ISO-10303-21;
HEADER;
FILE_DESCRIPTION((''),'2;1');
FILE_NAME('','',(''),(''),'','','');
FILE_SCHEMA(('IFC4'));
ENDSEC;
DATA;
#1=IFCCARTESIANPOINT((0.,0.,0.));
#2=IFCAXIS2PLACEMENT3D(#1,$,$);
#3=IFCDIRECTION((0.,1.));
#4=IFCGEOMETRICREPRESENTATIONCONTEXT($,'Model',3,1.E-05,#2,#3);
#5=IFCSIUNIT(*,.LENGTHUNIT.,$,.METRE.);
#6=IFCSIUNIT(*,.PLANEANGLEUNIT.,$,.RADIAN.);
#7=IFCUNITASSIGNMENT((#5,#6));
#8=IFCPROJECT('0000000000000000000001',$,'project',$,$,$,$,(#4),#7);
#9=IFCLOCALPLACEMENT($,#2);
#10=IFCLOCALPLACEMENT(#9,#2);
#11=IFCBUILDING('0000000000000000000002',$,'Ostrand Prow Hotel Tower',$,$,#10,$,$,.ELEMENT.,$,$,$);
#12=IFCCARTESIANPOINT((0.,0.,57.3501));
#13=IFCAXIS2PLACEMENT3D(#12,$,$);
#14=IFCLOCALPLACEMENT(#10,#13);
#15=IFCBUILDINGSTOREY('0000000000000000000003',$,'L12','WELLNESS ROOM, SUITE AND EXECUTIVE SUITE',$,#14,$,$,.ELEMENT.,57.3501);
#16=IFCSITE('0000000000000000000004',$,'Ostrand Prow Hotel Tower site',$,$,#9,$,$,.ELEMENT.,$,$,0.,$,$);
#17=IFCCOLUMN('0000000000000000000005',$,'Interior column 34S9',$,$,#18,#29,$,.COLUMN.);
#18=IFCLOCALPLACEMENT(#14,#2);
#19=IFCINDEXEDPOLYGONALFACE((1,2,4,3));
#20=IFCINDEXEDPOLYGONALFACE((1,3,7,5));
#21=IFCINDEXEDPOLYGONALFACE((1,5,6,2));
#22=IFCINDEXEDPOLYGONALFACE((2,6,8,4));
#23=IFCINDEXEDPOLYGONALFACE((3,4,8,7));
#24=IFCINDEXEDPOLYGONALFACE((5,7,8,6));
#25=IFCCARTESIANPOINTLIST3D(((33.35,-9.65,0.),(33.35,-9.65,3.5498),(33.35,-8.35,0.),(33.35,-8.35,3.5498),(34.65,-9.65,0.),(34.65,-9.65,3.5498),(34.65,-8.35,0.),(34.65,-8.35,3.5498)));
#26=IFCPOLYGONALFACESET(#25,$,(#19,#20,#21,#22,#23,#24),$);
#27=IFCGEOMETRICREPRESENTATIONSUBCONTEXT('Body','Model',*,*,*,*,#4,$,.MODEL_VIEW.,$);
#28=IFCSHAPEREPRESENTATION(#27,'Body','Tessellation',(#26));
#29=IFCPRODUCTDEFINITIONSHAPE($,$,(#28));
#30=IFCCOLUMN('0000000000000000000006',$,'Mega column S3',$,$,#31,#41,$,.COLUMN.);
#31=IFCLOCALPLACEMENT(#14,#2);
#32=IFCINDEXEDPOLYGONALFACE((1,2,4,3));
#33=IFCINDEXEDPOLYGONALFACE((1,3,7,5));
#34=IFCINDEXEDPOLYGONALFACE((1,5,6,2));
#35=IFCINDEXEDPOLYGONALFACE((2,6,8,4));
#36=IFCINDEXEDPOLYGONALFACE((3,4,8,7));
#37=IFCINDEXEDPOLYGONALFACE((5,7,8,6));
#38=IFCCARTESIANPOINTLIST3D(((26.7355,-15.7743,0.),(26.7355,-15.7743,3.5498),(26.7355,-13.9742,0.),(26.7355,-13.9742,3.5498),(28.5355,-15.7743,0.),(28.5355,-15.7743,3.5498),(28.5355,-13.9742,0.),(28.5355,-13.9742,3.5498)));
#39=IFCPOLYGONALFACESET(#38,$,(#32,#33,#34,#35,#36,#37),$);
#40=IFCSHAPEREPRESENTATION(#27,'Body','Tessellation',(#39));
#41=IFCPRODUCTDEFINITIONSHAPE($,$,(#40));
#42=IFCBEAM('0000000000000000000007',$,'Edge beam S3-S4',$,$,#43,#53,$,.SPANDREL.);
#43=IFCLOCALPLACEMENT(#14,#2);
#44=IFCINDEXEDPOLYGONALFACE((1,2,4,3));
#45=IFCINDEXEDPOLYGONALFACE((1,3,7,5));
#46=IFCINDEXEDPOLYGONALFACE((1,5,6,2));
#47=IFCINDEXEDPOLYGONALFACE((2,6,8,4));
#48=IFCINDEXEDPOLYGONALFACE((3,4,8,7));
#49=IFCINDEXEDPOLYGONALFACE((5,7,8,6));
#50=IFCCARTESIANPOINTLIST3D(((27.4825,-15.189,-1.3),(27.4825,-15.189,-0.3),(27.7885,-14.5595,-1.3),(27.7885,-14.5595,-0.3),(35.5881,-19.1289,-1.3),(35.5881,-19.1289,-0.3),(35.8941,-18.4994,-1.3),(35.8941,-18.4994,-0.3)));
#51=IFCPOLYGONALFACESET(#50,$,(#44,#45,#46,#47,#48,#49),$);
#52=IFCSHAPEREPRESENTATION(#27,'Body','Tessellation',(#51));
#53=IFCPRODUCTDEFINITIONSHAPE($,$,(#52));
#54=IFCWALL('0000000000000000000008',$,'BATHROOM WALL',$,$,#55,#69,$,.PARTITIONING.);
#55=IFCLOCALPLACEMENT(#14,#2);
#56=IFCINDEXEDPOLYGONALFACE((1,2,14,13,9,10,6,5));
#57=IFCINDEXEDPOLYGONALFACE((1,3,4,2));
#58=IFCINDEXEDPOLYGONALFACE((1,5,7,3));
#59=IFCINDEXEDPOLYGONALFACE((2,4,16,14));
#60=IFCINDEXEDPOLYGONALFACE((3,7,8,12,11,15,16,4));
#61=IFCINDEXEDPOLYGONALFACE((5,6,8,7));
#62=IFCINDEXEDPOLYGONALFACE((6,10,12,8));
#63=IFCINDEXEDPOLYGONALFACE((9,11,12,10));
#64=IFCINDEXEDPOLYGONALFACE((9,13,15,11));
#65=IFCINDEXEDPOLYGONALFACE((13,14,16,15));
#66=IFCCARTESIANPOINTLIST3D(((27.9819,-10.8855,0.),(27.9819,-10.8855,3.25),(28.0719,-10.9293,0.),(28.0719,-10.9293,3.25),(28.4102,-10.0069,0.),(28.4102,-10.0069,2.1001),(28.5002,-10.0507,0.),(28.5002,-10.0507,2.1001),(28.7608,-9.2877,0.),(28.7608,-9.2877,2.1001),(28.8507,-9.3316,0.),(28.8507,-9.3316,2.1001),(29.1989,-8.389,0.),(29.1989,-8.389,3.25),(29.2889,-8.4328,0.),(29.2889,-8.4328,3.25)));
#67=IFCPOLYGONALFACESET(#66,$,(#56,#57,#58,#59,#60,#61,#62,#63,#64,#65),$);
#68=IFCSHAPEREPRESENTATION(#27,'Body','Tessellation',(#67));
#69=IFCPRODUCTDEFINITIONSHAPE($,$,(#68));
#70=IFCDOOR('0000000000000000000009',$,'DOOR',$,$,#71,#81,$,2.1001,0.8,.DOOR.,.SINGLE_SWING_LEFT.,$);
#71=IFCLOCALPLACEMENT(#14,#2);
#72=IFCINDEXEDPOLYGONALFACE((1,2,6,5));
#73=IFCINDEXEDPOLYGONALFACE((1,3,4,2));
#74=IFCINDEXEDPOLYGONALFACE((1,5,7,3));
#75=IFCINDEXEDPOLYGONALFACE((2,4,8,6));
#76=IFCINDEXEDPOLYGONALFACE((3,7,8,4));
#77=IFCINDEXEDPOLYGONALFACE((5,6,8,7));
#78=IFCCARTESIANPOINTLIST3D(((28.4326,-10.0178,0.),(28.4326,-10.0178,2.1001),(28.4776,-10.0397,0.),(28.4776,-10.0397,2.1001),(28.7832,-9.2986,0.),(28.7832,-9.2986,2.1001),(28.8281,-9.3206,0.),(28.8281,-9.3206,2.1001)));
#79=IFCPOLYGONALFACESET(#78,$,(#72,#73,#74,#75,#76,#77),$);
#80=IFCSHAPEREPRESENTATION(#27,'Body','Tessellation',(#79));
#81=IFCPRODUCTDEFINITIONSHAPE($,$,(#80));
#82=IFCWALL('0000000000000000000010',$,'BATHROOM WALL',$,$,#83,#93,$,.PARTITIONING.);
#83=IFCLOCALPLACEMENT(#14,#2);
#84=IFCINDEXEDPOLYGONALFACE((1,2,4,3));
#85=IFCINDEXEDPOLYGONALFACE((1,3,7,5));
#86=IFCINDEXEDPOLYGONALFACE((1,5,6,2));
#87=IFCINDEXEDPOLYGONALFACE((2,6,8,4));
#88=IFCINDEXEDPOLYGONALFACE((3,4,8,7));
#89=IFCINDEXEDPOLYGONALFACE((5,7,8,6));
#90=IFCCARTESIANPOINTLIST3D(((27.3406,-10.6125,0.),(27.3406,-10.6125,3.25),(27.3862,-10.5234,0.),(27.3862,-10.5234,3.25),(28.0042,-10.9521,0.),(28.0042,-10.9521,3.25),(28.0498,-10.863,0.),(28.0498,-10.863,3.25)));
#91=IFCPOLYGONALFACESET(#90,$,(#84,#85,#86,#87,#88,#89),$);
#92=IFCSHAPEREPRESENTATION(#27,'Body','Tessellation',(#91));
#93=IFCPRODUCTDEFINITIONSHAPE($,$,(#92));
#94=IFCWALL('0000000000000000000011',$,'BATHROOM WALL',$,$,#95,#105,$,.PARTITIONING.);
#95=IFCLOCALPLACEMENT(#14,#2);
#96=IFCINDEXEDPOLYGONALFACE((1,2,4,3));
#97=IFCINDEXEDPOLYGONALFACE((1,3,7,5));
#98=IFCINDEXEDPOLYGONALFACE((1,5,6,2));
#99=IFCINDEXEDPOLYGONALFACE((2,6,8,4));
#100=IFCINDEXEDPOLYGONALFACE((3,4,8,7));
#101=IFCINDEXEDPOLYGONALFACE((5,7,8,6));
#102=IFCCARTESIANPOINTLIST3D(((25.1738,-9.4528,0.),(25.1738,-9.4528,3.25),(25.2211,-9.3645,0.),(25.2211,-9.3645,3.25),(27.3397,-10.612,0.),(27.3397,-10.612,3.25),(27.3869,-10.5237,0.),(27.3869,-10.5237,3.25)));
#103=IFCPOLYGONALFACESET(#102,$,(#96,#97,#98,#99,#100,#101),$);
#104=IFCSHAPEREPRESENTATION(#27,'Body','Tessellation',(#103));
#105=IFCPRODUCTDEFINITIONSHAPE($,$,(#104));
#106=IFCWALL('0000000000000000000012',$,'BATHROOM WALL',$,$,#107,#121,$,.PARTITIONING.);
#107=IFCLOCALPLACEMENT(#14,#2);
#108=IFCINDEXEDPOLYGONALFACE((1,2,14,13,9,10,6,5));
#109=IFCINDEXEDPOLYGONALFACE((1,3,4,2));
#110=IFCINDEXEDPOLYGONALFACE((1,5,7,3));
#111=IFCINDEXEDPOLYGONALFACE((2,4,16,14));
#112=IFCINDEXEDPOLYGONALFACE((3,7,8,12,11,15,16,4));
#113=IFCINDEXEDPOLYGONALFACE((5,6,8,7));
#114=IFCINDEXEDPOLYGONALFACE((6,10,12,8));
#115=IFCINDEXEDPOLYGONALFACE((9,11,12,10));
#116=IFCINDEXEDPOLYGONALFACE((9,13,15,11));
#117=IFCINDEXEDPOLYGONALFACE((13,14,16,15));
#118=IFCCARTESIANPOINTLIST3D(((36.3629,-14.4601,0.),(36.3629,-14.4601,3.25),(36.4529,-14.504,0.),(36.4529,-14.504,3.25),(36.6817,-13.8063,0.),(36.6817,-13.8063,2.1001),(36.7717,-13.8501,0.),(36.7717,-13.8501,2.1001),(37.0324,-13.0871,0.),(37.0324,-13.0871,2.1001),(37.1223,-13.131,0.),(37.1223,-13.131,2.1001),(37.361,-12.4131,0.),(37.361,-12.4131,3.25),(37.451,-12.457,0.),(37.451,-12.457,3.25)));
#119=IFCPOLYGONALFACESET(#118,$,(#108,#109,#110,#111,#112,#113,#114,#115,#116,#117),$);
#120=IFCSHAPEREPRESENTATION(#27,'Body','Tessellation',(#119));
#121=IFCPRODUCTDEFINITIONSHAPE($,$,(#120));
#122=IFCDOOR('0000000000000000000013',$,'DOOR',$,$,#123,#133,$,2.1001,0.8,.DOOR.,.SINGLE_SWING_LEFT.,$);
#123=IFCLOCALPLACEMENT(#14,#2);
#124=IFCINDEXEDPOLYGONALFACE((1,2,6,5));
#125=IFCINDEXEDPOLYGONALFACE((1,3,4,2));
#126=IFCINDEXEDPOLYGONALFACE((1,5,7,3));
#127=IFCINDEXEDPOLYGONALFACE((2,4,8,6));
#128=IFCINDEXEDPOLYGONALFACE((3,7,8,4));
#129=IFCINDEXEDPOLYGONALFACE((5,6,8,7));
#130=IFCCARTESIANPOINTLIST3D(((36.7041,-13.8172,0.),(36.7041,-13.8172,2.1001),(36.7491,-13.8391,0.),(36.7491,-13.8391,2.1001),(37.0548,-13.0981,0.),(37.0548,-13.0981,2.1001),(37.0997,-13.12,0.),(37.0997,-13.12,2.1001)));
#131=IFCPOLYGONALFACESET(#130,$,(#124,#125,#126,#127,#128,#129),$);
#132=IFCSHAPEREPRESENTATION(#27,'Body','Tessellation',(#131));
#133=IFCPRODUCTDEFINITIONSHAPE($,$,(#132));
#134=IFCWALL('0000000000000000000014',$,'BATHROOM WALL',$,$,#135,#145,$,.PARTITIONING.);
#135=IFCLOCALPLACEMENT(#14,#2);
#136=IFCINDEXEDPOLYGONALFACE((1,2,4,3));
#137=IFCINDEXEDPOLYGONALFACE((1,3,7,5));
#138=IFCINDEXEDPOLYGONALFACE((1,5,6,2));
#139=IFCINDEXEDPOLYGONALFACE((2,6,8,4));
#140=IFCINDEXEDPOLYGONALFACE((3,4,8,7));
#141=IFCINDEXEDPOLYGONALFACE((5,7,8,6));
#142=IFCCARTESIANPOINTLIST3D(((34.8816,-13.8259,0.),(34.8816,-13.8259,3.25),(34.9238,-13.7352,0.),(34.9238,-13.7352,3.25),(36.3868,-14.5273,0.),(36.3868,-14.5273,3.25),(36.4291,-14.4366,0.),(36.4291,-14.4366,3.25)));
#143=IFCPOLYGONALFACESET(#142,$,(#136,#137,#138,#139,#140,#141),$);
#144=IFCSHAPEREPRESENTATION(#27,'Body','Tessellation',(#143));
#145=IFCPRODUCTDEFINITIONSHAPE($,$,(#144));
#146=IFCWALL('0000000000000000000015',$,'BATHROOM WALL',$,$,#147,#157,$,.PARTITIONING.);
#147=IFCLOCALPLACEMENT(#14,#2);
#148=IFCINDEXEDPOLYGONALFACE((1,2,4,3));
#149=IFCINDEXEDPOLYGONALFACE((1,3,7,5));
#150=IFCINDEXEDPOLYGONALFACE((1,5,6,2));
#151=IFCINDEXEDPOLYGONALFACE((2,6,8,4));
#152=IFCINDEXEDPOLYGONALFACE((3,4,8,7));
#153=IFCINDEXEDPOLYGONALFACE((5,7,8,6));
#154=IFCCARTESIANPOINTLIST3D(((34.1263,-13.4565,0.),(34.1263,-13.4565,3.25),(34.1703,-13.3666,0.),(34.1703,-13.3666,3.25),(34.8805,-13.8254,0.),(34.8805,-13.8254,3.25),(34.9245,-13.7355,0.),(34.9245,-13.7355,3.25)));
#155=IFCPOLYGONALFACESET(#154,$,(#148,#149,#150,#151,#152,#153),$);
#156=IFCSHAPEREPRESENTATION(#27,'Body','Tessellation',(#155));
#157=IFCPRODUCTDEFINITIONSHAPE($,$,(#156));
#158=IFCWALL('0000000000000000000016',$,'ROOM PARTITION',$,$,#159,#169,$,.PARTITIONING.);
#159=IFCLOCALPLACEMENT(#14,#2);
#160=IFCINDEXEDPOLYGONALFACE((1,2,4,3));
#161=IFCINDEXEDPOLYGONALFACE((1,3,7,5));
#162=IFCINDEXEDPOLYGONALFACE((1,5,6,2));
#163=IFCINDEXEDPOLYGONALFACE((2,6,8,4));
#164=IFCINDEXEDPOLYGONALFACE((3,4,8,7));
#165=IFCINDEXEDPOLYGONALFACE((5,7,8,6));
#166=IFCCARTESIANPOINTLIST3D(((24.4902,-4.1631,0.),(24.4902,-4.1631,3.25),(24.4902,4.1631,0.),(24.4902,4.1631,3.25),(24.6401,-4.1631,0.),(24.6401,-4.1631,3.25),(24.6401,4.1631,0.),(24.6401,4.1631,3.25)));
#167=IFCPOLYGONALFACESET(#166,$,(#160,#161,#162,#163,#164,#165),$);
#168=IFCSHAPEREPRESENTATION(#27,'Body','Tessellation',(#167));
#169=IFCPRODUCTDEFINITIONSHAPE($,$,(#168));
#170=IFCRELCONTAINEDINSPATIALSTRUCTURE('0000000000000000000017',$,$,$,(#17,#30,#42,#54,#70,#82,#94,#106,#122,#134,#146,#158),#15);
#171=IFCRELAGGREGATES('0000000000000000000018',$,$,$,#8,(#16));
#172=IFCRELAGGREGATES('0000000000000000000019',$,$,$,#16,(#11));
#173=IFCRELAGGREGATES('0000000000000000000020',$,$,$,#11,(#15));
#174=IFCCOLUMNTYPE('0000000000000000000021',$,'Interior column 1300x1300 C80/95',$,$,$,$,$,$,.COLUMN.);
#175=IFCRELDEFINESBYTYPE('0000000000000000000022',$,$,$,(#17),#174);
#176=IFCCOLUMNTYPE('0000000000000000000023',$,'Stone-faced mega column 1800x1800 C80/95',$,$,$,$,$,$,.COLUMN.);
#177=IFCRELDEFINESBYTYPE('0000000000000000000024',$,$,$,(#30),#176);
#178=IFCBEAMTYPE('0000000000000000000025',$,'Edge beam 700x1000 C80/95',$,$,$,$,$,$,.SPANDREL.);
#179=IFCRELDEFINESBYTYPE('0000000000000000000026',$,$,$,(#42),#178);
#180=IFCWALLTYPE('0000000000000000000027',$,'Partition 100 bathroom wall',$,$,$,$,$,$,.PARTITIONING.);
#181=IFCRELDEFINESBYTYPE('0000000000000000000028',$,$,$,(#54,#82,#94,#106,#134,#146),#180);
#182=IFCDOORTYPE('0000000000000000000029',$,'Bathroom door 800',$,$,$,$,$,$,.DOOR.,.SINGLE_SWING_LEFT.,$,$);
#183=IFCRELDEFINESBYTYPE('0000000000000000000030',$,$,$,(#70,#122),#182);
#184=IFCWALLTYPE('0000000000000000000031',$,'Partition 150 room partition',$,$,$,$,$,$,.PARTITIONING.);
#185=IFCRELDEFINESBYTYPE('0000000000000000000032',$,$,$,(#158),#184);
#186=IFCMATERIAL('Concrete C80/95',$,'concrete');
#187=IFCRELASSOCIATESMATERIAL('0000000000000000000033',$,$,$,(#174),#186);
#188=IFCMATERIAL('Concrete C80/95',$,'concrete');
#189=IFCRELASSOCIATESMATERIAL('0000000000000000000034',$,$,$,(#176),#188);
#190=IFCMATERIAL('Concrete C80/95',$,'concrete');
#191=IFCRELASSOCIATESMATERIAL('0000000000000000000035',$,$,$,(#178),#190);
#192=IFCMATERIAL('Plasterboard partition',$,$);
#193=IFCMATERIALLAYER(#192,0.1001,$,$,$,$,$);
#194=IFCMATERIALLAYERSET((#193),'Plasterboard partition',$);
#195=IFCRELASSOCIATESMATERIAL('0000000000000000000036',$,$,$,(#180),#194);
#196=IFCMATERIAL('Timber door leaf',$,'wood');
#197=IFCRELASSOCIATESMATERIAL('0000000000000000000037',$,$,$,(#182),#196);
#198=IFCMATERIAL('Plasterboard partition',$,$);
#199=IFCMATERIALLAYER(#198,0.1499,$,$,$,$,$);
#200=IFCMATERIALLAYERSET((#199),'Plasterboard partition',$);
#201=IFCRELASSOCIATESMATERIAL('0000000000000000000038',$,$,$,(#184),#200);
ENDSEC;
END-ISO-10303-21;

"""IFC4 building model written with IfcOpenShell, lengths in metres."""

from ifc_helpers import new_model, si_unit, direction, frame, frame_2d, origin, origin_2d, place, context, subcontext, project, spatial, rectangle, extrude, material, layer, layer_set, material_profile, profile_set, type_object, element, fill, save


model = new_model("IFC4")

# Units and contexts
model_context = context("Model", 3, precision=1e-05, world=origin(), true_north=direction((0.0, 1.0)))
body_context = subcontext(model_context, "Body", "Model", "MODEL_VIEW")
ifc_project = project(units=[si_unit("LENGTHUNIT", "METRE"), si_unit("PLANEANGLEUNIT", "RADIAN")], contexts=[model_context])

# Site, building, storey
site_placement = place(None, origin())
site = spatial("IfcSite", under=ifc_project, at=site_placement, Name="Ostrand Prow Hotel Tower site", CompositionType="ELEMENT", RefElevation=0.0)
building_placement = place(site_placement, origin())
building = spatial("IfcBuilding", under=site, at=building_placement, Name="Ostrand Prow Hotel Tower", CompositionType="ELEMENT")
storey_placement = place(building_placement, frame((0.0, 0.0, 57.3501)))
storey = spatial("IfcBuildingStorey", under=building, at=storey_placement, Name="L12", Description="WELLNESS ROOM, SUITE AND EXECUTIVE SUITE", CompositionType="ELEMENT", Elevation=57.3501)

# Columns
ifc_material_1 = material(Name="Concrete C80/95", Category="concrete")
ifc_material_profile_1 = material_profile(ifc_material_1, rectangle(XDim=1.3, YDim=1.3, at=origin_2d()), Name="RC 1300x1300")
ifc_profile_set_1 = profile_set([ifc_material_profile_1], Name="Concrete C80/95")
column_type_1 = type_object("IfcColumnType", Name="Interior column 1300x1300 C80/95", PredefinedType="COLUMN", material=ifc_profile_set_1)
column_1_placement = place(storey_placement, frame((34.0, -9.0, 0.0), z_axis=(0.0, 0.0, 1.0), x_axis=(1.0, 0.0, 0.0)))
element("IfcColumn", 1, at=column_1_placement, inside=storey, type_object=column_type_1, Name="Interior column 34S9", PredefinedType="COLUMN", context=body_context, shape_type="SweptSolid", body=[
    extrude(rectangle(XDim=1.3, YDim=1.3, at=origin_2d()), origin(), (0.0, 0.0, 1.0), 3.5498),
])
ifc_material_2 = material(Name="Concrete C80/95", Category="concrete")
ifc_material_profile_2 = material_profile(ifc_material_2, rectangle(XDim=1.8, YDim=1.8, at=origin_2d()), Name="RC 1800x1800")
ifc_profile_set_2 = profile_set([ifc_material_profile_2], Name="Concrete C80/95")
column_type_2 = type_object("IfcColumnType", Name="Stone-faced mega column 1800x1800 C80/95", PredefinedType="COLUMN", material=ifc_profile_set_2)
column_2_placement = place(storey_placement, frame((27.6355, -14.8743, 0.0), z_axis=(0.0, 0.0, 1.0), x_axis=(1.0, 0.0, 0.0)))
element("IfcColumn", 2, at=column_2_placement, inside=storey, type_object=column_type_2, Name="Mega column S3", PredefinedType="COLUMN", context=body_context, shape_type="SweptSolid", body=[
    extrude(rectangle(XDim=1.8, YDim=1.8, at=origin_2d()), origin(), (0.0, 0.0, 1.0), 3.5498),
])

# Beam
ifc_material_3 = material(Name="Concrete C80/95", Category="concrete")
ifc_material_profile_3 = material_profile(ifc_material_3, rectangle(XDim=0.7, YDim=1.0, at=origin_2d()), Name="RC 700x1000")
ifc_profile_set_3 = profile_set([ifc_material_profile_3], Name="Concrete C80/95")
beam_type = type_object("IfcBeamType", Name="Edge beam 700x1000 C80/95", PredefinedType="SPANDREL", material=ifc_profile_set_3)
beam_placement = place(storey_placement, frame((27.6355, -14.8743, -0.8), z_axis=(0.899382, -0.437163, 0.0), x_axis=(0.437163, 0.899382, 0.0)))
element("IfcBeam", 3, at=beam_placement, inside=storey, type_object=beam_type, Name="Edge beam S3-S4", PredefinedType="SPANDREL", context=body_context, shape_type="SweptSolid", body=[
    extrude(rectangle(XDim=0.7, YDim=1.0, at=origin_2d()), origin(), (0.0, 0.0, 1.0), 9.0125),
])

# Wall, opening, door
ifc_material_4 = material(Name="Plasterboard partition")
ifc_layer_1 = layer(ifc_material_4, 0.1001)
ifc_layer_set_1 = layer_set([ifc_layer_1], Name="Plasterboard partition")
wall_type_1 = type_object("IfcWallType", Name="Partition 100 bathroom wall", PredefinedType="PARTITIONING", material=ifc_layer_set_1)
wall_1_placement = place(storey_placement, frame((29.2439, -8.4109, 0.0), z_axis=(0.0, 0.0, 1.0), x_axis=(-0.43819, -0.898882, 0.0)))
wall_1 = element("IfcWall", 4, at=wall_1_placement, inside=storey, type_object=wall_type_1, Name="BATHROOM WALL", PredefinedType="PARTITIONING", context=body_context, shape_type="SweptSolid", body=[
    extrude(rectangle(XDim=2.7773, YDim=0.1001, at=frame_2d((1.3887, 0.0))), origin(), (0.0, 0.0, 1.0), 3.25),
])
opening_1_placement = place(wall_1_placement, frame((1.0, 0.0, 0.0)))
opening_1 = element("IfcOpeningElement", 5, at=opening_1_placement, cuts=wall_1, PredefinedType="OPENING", context=body_context, shape_type="SweptSolid", body=[
    extrude(rectangle(XDim=0.8, YDim=2.1001, at=frame_2d((0.3999, 1.05))), frame((0.0, 0.0601, 0.0), z_axis=(0.0, -1.0, 0.0), x_axis=(1.0, 0.0, 0.0)), (0.0, 0.0, 1.0), 0.1201),
])
ifc_material_5 = material(Name="Timber door leaf", Category="wood")
door_type_1 = type_object("IfcDoorType", Name="Bathroom door 800", OperationType="SINGLE_SWING_LEFT", PredefinedType="DOOR", material=ifc_material_5)
door_1_placement = place(opening_1_placement, origin())
door_1 = element("IfcDoor", 6, at=door_1_placement, inside=storey, type_object=door_type_1, Name="DOOR", OperationType="SINGLE_SWING_LEFT", OverallHeight=2.1001, OverallWidth=0.8, PredefinedType="DOOR", context=body_context, shape_type="SweptSolid", body=[
    extrude(rectangle(XDim=0.8, YDim=2.1001, at=frame_2d((0.3999, 1.05))), frame((0.0, 0.0249, 0.0), z_axis=(0.0, -1.0, 0.0), x_axis=(1.0, 0.0, 0.0)), (0.0, 0.0, 1.0), 0.05),
])
fill(opening_1, door_1)

# Walls
wall_2_placement = place(storey_placement, frame((28.0269, -10.9075, 0.0), z_axis=(0.0, 0.0, 1.0), x_axis=(-0.890196, 0.455578, 0.0)))
element("IfcWall", 7, at=wall_2_placement, inside=storey, type_object=wall_type_1, Name="BATHROOM WALL", PredefinedType="PARTITIONING", context=body_context, shape_type="SweptSolid", body=[
    extrude(rectangle(XDim=0.7454, YDim=0.1001, at=frame_2d((0.3726, 0.0))), origin(), (0.0, 0.0, 1.0), 3.25),
])
wall_3_placement = place(storey_placement, frame((27.3633, -10.5679, 0.0), z_axis=(0.0, 0.0, 1.0), x_axis=(-0.881659, 0.471888, 0.0)))
element("IfcWall", 8, at=wall_3_placement, inside=storey, type_object=wall_type_1, Name="BATHROOM WALL", PredefinedType="PARTITIONING", context=body_context, shape_type="SweptSolid", body=[
    extrude(rectangle(XDim=2.4565, YDim=0.1001, at=frame_2d((1.2283, 0.0))), origin(), (0.0, 0.0, 1.0), 3.25),
])

# Wall, opening, door
wall_4_placement = place(storey_placement, frame((37.406, -12.4351, 0.0), z_axis=(0.0, 0.0, 1.0), x_axis=(-0.438272, -0.898843, 0.0)))
wall_4 = element("IfcWall", 9, at=wall_4_placement, inside=storey, type_object=wall_type_1, Name="BATHROOM WALL", PredefinedType="PARTITIONING", context=body_context, shape_type="SweptSolid", body=[
    extrude(rectangle(XDim=2.2773, YDim=0.1001, at=frame_2d((1.1387, 0.0))), origin(), (0.0, 0.0, 1.0), 3.25),
])
opening_2_placement = place(wall_4_placement, frame((0.75, 0.0, 0.0)))
opening_2 = element("IfcOpeningElement", 10, at=opening_2_placement, cuts=wall_4, PredefinedType="OPENING", context=body_context, shape_type="SweptSolid", body=[
    extrude(rectangle(XDim=0.8, YDim=2.1001, at=frame_2d((0.3999, 1.05))), frame((0.0, 0.0601, 0.0), z_axis=(0.0, -1.0, 0.0), x_axis=(1.0, 0.0, 0.0)), (0.0, 0.0, 1.0), 0.1201),
])
door_2_placement = place(opening_2_placement, origin())
door_2 = element("IfcDoor", 11, at=door_2_placement, inside=storey, type_object=door_type_1, Name="DOOR", OperationType="SINGLE_SWING_LEFT", OverallHeight=2.1001, OverallWidth=0.8, PredefinedType="DOOR", context=body_context, shape_type="SweptSolid", body=[
    extrude(rectangle(XDim=0.8, YDim=2.1001, at=frame_2d((0.3999, 1.05))), frame((0.0, 0.0249, 0.0), z_axis=(0.0, -1.0, 0.0), x_axis=(1.0, 0.0, 0.0)), (0.0, 0.0, 1.0), 0.05),
])
fill(opening_2, door_2)

# Walls
wall_5_placement = place(storey_placement, frame((36.408, -14.4819, 0.0), z_axis=(0.0, 0.0, 1.0), x_axis=(-0.906435, 0.422346, 0.0)))
element("IfcWall", 12, at=wall_5_placement, inside=storey, type_object=wall_type_1, Name="BATHROOM WALL", PredefinedType="PARTITIONING", context=body_context, shape_type="SweptSolid", body=[
    extrude(rectangle(XDim=1.6606, YDim=0.1001, at=frame_2d((0.8303, 0.0))), origin(), (0.0, 0.0, 1.0), 3.25),
])
wall_6_placement = place(storey_placement, frame((34.9026, -13.7805, 0.0), z_axis=(0.0, 0.0, 1.0), x_axis=(-0.89829, 0.439403, 0.0)))
element("IfcWall", 13, at=wall_6_placement, inside=storey, type_object=wall_type_1, Name="BATHROOM WALL", PredefinedType="PARTITIONING", context=body_context, shape_type="SweptSolid", body=[
    extrude(rectangle(XDim=0.8396, YDim=0.1001, at=frame_2d((0.4199, 0.0))), origin(), (0.0, 0.0, 1.0), 3.25),
])
ifc_material_6 = material(Name="Plasterboard partition")
ifc_layer_2 = layer(ifc_material_6, 0.1499)
ifc_layer_set_2 = layer_set([ifc_layer_2], Name="Plasterboard partition")
wall_type_2 = type_object("IfcWallType", Name="Partition 150 room partition", PredefinedType="PARTITIONING", material=ifc_layer_set_2)
wall_7_placement = place(storey_placement, frame((24.5652, -4.1631, 0.0), z_axis=(0.0, 0.0, 1.0), x_axis=(0.0, 1.0, 0.0)))
element("IfcWall", 14, at=wall_7_placement, inside=storey, type_object=wall_type_2, Name="ROOM PARTITION", PredefinedType="PARTITIONING", context=body_context, shape_type="SweptSolid", body=[
    extrude(rectangle(XDim=8.3262, YDim=0.1499, at=frame_2d((4.1631, 0.0))), origin(), (0.0, 0.0, 1.0), 3.25),
])

save(model, "model.ifc")
